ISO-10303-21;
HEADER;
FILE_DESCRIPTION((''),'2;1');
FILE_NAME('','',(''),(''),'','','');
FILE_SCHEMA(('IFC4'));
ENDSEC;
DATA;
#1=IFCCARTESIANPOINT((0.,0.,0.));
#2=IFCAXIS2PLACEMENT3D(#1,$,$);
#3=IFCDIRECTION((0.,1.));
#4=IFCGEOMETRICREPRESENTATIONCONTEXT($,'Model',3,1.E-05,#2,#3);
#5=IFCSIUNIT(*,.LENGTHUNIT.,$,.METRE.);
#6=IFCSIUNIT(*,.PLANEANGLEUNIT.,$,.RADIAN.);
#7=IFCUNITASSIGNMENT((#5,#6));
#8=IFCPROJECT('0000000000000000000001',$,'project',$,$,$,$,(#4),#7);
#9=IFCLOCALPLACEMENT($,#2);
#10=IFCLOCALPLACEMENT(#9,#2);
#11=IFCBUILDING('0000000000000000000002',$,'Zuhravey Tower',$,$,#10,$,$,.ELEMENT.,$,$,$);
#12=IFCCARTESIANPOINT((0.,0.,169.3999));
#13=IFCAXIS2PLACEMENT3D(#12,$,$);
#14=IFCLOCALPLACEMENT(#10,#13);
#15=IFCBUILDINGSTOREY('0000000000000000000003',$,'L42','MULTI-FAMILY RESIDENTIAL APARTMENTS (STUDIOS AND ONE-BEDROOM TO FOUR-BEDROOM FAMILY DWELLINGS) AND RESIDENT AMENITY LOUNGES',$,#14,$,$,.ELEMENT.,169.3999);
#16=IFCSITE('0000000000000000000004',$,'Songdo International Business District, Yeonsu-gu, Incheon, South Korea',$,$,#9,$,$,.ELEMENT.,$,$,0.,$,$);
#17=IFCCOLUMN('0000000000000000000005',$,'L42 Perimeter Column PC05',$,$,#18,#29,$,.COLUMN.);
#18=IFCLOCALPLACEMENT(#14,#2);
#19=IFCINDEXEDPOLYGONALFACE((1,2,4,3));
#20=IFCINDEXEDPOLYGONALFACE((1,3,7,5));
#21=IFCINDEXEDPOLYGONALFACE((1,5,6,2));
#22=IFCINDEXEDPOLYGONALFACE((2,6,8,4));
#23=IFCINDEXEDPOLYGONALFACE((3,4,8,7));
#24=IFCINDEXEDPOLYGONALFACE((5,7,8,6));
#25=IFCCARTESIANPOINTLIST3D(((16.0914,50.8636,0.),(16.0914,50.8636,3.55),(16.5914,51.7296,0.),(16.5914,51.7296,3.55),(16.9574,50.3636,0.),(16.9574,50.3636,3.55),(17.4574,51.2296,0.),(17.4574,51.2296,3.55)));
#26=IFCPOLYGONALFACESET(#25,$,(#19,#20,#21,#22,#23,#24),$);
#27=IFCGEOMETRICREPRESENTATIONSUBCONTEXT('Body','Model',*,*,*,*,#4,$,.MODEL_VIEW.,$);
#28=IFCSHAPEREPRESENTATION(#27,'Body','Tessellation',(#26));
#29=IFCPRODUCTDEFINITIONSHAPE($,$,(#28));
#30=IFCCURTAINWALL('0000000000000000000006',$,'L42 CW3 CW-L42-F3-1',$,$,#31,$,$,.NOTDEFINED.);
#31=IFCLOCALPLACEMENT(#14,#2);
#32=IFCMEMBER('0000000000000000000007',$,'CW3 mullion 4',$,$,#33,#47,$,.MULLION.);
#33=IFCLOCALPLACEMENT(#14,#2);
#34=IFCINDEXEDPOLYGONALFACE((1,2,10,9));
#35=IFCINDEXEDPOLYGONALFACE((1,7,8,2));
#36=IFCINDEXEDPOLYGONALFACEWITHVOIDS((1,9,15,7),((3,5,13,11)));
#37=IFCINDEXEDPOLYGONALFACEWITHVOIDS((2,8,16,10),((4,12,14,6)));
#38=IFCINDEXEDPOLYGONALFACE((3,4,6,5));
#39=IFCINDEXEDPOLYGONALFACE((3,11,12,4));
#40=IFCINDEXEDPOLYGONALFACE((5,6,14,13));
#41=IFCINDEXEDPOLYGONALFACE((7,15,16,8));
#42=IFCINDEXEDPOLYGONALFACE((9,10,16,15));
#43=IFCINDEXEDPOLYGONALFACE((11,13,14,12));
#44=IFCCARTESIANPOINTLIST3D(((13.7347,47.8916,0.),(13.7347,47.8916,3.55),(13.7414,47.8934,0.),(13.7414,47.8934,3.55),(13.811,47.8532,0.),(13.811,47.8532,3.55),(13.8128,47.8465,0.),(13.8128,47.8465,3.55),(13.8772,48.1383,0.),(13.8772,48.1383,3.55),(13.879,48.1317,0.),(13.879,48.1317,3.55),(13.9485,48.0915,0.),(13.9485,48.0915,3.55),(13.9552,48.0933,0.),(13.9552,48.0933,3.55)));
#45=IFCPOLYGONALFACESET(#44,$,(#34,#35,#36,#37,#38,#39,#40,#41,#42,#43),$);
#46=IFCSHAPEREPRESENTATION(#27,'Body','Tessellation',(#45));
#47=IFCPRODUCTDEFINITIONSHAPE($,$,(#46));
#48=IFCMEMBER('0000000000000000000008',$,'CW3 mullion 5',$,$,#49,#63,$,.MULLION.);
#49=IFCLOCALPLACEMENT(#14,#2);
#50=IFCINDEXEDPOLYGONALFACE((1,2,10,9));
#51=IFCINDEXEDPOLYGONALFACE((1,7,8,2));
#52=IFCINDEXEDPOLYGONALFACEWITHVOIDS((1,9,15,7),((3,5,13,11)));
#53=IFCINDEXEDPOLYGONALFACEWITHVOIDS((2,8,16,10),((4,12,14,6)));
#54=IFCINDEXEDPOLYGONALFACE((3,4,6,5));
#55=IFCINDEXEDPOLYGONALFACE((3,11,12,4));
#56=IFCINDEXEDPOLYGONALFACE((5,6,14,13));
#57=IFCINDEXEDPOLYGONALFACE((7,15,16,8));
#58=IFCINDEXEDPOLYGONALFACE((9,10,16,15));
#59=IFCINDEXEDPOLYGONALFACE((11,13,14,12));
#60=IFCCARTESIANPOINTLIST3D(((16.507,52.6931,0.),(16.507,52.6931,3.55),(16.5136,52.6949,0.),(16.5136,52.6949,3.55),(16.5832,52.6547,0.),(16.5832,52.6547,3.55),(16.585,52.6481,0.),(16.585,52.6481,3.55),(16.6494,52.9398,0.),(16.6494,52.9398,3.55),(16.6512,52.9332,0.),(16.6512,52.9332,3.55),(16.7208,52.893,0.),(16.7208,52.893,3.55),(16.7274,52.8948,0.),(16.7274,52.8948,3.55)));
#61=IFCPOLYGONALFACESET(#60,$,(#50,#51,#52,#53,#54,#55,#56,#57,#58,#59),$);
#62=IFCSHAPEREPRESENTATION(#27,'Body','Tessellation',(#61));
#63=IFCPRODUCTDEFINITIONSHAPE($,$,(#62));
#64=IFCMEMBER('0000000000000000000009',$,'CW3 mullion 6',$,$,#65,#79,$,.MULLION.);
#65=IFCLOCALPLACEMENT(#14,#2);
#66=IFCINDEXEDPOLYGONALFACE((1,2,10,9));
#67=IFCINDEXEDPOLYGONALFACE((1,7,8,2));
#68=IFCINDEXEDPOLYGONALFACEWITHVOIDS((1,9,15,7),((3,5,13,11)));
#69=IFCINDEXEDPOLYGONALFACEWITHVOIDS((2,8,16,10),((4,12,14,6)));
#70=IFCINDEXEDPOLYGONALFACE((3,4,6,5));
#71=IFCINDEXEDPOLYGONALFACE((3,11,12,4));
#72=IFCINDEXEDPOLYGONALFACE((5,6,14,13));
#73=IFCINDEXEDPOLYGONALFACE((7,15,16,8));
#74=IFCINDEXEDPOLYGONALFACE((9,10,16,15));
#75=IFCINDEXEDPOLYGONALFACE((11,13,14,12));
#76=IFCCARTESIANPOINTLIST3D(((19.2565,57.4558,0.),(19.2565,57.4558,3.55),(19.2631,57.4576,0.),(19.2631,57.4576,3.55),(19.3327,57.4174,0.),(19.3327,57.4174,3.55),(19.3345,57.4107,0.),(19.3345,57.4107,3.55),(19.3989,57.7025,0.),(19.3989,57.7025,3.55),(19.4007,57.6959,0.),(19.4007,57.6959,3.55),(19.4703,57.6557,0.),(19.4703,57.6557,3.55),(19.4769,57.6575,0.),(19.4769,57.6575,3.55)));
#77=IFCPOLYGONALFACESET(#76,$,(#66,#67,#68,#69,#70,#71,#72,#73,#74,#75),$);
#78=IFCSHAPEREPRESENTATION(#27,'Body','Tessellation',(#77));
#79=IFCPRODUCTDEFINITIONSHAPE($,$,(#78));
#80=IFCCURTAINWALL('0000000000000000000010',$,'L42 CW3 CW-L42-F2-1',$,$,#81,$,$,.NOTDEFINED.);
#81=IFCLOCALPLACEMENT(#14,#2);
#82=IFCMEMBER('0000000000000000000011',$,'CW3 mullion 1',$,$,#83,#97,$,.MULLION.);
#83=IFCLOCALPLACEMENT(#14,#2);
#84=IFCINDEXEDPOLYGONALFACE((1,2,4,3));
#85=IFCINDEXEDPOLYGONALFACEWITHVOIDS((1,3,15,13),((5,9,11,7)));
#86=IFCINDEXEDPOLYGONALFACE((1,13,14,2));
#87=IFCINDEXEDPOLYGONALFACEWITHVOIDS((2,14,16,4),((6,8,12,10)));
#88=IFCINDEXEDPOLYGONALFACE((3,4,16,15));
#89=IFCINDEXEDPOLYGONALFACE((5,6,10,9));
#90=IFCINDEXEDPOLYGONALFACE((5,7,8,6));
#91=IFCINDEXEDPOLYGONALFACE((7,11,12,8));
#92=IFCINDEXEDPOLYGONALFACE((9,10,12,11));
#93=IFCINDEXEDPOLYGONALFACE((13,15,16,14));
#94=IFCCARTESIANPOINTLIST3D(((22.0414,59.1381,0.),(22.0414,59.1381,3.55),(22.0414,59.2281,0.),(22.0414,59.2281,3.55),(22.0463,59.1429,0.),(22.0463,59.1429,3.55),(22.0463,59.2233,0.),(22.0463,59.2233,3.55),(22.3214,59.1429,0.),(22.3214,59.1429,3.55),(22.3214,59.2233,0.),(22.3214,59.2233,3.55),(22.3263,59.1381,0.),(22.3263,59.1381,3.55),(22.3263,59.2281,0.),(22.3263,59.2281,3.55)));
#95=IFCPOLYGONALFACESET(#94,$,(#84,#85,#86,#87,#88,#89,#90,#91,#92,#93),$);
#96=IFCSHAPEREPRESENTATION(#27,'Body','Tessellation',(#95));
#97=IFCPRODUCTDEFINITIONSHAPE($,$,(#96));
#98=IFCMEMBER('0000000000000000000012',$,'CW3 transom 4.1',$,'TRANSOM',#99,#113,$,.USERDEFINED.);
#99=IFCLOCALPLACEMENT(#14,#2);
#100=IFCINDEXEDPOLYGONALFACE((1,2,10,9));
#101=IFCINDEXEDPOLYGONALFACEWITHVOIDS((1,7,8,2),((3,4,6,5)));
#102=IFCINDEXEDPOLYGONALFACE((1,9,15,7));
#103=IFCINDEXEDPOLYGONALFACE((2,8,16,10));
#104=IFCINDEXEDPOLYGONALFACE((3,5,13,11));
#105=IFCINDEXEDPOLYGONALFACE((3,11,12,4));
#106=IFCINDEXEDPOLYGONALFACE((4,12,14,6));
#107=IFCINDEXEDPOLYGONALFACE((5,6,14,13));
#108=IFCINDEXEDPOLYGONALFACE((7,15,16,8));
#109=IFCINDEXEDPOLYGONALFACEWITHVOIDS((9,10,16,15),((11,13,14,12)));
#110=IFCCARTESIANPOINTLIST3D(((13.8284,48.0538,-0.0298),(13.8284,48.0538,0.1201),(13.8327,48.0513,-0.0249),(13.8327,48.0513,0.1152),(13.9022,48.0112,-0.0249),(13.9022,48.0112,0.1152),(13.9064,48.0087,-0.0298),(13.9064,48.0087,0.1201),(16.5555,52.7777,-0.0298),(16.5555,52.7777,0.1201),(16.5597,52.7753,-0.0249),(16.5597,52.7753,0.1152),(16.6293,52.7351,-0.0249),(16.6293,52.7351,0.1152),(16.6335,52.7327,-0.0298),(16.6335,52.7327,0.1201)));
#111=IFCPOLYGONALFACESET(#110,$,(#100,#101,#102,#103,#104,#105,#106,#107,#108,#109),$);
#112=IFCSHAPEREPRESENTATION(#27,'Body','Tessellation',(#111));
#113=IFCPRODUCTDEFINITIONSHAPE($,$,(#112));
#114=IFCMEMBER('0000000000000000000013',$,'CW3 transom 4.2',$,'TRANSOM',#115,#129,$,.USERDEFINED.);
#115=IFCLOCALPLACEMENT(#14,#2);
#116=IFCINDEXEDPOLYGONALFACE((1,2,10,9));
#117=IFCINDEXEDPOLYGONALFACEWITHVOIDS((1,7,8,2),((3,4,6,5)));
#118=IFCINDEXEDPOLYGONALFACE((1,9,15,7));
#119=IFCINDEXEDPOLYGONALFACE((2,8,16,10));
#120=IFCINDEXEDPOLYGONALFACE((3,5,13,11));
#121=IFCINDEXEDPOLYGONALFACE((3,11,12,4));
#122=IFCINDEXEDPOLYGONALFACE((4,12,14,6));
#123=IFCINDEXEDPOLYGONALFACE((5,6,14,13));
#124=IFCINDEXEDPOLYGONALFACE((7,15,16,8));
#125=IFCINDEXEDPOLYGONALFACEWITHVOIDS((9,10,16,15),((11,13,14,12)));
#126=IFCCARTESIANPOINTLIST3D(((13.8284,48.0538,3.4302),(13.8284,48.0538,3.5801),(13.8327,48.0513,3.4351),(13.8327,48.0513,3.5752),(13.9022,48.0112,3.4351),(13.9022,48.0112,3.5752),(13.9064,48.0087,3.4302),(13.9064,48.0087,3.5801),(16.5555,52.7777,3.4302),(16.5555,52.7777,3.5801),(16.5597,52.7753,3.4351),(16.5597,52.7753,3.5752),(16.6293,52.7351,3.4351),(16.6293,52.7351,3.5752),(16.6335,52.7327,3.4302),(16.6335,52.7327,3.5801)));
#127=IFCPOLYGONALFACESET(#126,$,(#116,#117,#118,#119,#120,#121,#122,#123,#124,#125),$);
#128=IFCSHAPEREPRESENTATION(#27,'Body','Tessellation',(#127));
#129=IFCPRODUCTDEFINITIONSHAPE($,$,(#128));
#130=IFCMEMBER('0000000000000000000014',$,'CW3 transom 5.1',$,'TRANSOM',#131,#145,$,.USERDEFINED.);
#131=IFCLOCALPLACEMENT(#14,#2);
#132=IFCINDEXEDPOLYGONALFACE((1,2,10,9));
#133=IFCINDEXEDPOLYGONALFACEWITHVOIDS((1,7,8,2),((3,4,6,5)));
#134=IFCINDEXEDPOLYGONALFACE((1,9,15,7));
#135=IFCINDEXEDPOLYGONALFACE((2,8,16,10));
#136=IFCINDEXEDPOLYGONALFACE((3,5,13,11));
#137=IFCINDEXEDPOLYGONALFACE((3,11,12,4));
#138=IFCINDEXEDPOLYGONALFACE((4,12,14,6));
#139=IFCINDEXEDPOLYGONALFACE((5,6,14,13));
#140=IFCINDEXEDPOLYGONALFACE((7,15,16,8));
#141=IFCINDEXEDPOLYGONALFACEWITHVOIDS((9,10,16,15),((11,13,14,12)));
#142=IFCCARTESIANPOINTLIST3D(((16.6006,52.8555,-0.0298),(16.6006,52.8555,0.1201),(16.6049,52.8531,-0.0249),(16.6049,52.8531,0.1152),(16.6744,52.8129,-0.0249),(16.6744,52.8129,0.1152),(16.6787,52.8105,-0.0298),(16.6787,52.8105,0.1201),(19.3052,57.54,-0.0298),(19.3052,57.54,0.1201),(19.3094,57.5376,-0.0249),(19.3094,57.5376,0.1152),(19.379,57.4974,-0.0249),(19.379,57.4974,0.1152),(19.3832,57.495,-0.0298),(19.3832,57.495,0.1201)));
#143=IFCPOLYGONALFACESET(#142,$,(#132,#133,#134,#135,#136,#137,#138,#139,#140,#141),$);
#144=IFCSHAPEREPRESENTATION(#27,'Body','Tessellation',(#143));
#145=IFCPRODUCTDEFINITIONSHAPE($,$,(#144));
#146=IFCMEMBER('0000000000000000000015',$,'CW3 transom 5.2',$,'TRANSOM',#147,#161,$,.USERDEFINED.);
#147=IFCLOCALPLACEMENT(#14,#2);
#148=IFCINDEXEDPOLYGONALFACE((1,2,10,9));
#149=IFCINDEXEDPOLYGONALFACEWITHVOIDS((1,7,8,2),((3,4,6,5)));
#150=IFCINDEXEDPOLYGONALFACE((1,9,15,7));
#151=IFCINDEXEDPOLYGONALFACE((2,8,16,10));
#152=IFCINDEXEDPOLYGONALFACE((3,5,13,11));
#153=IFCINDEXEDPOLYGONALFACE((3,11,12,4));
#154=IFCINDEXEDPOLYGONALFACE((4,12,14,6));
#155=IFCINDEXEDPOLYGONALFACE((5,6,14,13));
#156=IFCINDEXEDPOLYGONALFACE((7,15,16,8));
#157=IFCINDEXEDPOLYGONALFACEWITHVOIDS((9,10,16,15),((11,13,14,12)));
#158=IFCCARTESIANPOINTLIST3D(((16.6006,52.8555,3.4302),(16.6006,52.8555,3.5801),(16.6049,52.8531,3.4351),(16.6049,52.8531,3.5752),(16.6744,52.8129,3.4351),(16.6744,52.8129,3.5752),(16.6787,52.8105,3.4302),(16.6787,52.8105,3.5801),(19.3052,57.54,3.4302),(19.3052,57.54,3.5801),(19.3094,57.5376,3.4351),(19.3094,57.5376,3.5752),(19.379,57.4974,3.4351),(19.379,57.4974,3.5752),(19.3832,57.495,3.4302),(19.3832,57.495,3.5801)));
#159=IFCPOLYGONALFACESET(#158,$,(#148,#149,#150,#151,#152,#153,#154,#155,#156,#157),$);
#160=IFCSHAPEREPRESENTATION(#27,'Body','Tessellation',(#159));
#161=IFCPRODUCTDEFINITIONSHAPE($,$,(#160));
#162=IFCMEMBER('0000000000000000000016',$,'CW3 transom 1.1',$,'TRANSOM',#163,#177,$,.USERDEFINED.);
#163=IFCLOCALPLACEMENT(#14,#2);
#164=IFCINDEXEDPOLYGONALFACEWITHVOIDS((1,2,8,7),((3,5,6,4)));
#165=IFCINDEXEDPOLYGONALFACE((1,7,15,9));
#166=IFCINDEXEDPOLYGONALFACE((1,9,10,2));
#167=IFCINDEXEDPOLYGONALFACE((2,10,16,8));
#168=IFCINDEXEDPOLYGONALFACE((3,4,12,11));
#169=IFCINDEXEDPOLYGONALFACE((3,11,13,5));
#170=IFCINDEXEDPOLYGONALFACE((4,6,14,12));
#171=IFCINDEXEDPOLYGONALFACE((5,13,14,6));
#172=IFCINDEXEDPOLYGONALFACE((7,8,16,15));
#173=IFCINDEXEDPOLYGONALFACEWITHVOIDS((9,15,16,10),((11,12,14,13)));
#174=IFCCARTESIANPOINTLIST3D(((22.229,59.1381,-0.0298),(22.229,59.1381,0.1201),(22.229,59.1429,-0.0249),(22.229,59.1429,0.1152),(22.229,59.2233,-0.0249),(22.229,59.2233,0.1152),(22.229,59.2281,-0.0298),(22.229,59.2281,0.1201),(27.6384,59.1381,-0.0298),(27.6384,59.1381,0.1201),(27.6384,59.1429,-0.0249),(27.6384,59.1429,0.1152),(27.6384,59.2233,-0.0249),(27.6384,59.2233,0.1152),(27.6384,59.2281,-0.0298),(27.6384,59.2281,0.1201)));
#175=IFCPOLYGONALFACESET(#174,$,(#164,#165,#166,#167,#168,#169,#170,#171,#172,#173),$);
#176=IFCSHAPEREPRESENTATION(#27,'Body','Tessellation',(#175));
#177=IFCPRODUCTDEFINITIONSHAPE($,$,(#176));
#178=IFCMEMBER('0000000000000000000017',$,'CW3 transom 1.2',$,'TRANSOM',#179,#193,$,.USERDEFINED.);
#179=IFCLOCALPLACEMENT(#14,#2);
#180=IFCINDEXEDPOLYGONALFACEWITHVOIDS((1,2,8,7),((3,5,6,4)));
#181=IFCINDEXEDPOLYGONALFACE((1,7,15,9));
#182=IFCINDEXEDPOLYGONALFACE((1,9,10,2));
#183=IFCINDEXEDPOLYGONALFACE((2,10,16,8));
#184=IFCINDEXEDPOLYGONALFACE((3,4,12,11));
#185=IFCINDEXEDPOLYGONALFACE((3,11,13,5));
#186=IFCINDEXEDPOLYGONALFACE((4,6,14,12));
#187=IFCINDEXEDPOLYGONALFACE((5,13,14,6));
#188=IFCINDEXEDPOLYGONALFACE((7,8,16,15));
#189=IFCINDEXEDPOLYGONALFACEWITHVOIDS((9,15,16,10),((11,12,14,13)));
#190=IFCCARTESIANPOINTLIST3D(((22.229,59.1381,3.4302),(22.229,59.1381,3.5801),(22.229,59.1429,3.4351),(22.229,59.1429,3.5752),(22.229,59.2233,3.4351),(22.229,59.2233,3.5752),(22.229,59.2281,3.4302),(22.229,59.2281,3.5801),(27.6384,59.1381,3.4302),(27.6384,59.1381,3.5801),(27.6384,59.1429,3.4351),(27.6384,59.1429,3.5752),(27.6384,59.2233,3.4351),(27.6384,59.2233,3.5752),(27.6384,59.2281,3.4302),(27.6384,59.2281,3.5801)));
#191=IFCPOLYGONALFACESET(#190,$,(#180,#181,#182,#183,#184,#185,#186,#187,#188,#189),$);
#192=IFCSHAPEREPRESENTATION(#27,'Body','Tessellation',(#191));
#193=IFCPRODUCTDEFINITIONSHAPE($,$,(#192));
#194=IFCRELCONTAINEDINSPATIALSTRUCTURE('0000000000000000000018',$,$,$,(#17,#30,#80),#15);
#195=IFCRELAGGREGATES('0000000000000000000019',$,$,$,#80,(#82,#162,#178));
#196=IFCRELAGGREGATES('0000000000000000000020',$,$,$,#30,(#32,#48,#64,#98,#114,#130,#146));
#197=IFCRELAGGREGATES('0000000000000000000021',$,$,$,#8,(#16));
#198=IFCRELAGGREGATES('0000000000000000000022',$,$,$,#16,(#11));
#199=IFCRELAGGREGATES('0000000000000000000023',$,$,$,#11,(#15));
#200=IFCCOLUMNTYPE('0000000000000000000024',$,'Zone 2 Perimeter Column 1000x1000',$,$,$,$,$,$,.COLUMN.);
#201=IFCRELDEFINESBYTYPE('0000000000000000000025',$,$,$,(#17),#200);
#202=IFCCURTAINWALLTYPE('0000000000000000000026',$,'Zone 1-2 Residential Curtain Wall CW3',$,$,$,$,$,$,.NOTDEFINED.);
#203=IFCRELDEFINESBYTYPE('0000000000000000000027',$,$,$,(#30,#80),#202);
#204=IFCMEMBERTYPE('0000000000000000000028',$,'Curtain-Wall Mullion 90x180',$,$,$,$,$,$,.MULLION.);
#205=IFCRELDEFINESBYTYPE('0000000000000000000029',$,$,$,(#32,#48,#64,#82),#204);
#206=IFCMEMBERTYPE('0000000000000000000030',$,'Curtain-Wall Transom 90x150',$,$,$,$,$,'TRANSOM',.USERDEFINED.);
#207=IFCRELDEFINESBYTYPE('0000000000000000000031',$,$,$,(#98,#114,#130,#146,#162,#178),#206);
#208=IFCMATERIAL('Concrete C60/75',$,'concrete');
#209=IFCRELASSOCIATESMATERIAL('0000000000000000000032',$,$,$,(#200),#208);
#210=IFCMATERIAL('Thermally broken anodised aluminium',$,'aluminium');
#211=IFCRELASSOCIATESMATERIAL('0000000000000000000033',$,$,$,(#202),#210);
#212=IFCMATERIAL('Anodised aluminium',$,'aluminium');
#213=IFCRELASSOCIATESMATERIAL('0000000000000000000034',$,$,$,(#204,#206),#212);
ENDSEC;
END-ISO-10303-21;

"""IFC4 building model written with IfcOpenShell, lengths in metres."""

from ifc_helpers import new_model, si_unit, direction, frame, origin, origin_2d, place, context, subcontext, project, spatial, rectangle, hollow_rectangle, extrude, material, material_profile, profile_set, type_object, element, aggregate, save


model = new_model("IFC4")

# Units and contexts
model_context = context("Model", 3, precision=1e-05, world=origin(), true_north=direction((0.0, 1.0)))
body_context = subcontext(model_context, "Body", "Model", "MODEL_VIEW")
ifc_project = project(units=[si_unit("LENGTHUNIT", "METRE"), si_unit("PLANEANGLEUNIT", "RADIAN")], contexts=[model_context])

# Site, building, storey
site_placement = place(None, origin())
site = spatial("IfcSite", under=ifc_project, at=site_placement, Name="Songdo International Business District, Yeonsu-gu, Incheon, South Korea", CompositionType="ELEMENT", RefElevation=0.0)
building_placement = place(site_placement, origin())
building = spatial("IfcBuilding", under=site, at=building_placement, Name="Zuhravey Tower", CompositionType="ELEMENT")
storey_placement = place(building_placement, frame((0.0, 0.0, 169.3999)))
storey = spatial("IfcBuildingStorey", under=building, at=storey_placement, Name="L42", Description="MULTI-FAMILY RESIDENTIAL APARTMENTS (STUDIOS AND ONE-BEDROOM TO FOUR-BEDROOM FAMILY DWELLINGS) AND RESIDENT AMENITY LOUNGES", CompositionType="ELEMENT", Elevation=169.3999)

# Column
ifc_material_1 = material(Name="Concrete C60/75", Category="concrete")
ifc_material_profile_1 = material_profile(ifc_material_1, rectangle(XDim=1.0, YDim=1.0, at=origin_2d()), Name="RC-1000x1000")
ifc_profile_set_1 = profile_set([ifc_material_profile_1], Name="Concrete C60/75")
column_type = type_object("IfcColumnType", Name="Zone 2 Perimeter Column 1000x1000", PredefinedType="COLUMN", material=ifc_profile_set_1)
column_placement = place(storey_placement, frame((16.7744, 51.0466, 0.0), z_axis=(0.0, 0.0, 1.0), x_axis=(-0.5, -0.866025, 0.0)))
element("IfcColumn", 1, at=column_placement, inside=storey, type_object=column_type, Name="L42 Perimeter Column PC05", PredefinedType="COLUMN", context=body_context, shape_type="SweptSolid", body=[
    extrude(rectangle(XDim=1.0, YDim=1.0, at=origin_2d()), origin(), (0.0, 0.0, 1.0), 3.55),
])

# Curtain wall, members
ifc_material_2 = material(Name="Thermally broken anodised aluminium", Category="aluminium")
curtain_wall_type = type_object("IfcCurtainWallType", Name="Zone 1-2 Residential Curtain Wall CW3", PredefinedType="NOTDEFINED", material=ifc_material_2)
curtain_wall_1_placement = place(storey_placement, origin())
curtain_wall_1 = element("IfcCurtainWall", 2, at=curtain_wall_1_placement, inside=storey, type_object=curtain_wall_type, Name="L42 CW3 CW-L42-F3-1", PredefinedType="NOTDEFINED")
ifc_material_3 = material(Name="Anodised aluminium", Category="aluminium")
ifc_material_profile_2 = material_profile(ifc_material_3, hollow_rectangle(XDim=0.0901, YDim=0.2849, WallThickness=0.0049, at=origin_2d()), Name="ALU-RHS-90x285x5")
ifc_profile_set_2 = profile_set([ifc_material_profile_2], Name="Anodised aluminium")
member_type_1 = type_object("IfcMemberType", Name="Curtain-Wall Mullion 90x180", PredefinedType="MULLION", material=ifc_profile_set_2)
member_1_placement = place(storey_placement, frame((13.845, 47.9924, 0.0), z_axis=(0.0, 0.0, 1.0), x_axis=(-0.866025, 0.5, 0.0)))
member_1 = element("IfcMember", 3, at=member_1_placement, type_object=member_type_1, Name="CW3 mullion 4", PredefinedType="MULLION", context=body_context, shape_type="SweptSolid", body=[
    extrude(hollow_rectangle(XDim=0.0901, YDim=0.2849, WallThickness=0.0049, at=origin_2d()), origin(), (0.0, 0.0, 1.0), 3.55),
])
member_2_placement = place(storey_placement, frame((16.6172, 52.7939, 0.0), z_axis=(0.0, 0.0, 1.0), x_axis=(-0.866025, 0.5, 0.0)))
member_2 = element("IfcMember", 4, at=member_2_placement, type_object=member_type_1, Name="CW3 mullion 5", PredefinedType="MULLION", context=body_context, shape_type="SweptSolid", body=[
    extrude(hollow_rectangle(XDim=0.0901, YDim=0.2849, WallThickness=0.0049, at=origin_2d()), origin(), (0.0, 0.0, 1.0), 3.55),
])
member_3_placement = place(storey_placement, frame((19.3667, 57.5566, 0.0), z_axis=(0.0, 0.0, 1.0), x_axis=(-0.866025, 0.5, 0.0)))
member_3 = element("IfcMember", 5, at=member_3_placement, type_object=member_type_1, Name="CW3 mullion 6", PredefinedType="MULLION", context=body_context, shape_type="SweptSolid", body=[
    extrude(hollow_rectangle(XDim=0.0901, YDim=0.2849, WallThickness=0.0049, at=origin_2d()), origin(), (0.0, 0.0, 1.0), 3.55),
])

# Curtain wall, member
curtain_wall_2_placement = place(storey_placement, origin())
curtain_wall_2 = element("IfcCurtainWall", 6, at=curtain_wall_2_placement, inside=storey, type_object=curtain_wall_type, Name="L42 CW3 CW-L42-F2-1", PredefinedType="NOTDEFINED")
member_4_placement = place(storey_placement, frame((22.1838, 59.1831, 0.0), z_axis=(0.0, 0.0, 1.0), x_axis=(0.0, 1.0, 0.0)))
member_4 = element("IfcMember", 7, at=member_4_placement, type_object=member_type_1, Name="CW3 mullion 1", PredefinedType="MULLION", context=body_context, shape_type="SweptSolid", body=[
    extrude(hollow_rectangle(XDim=0.0901, YDim=0.2849, WallThickness=0.0049, at=origin_2d()), origin(), (0.0, 0.0, 1.0), 3.55),
])

# Members
ifc_material_profile_3 = material_profile(ifc_material_3, hollow_rectangle(XDim=0.0901, YDim=0.1499, WallThickness=0.0049, at=origin_2d()), Name="ALU-RHS-90x150x5")
ifc_profile_set_3 = profile_set([ifc_material_profile_3], Name="Anodised aluminium")
member_type_2 = type_object("IfcMemberType", Name="Curtain-Wall Transom 90x150", ElementType="TRANSOM", PredefinedType="USERDEFINED", material=ifc_profile_set_3)
member_5_placement = place(storey_placement, frame((13.8674, 48.0312, 0.0452), z_axis=(0.499961, 0.866048, 0.0), x_axis=(-0.866048, 0.499961, 0.0)))
member_5 = element("IfcMember", 8, at=member_5_placement, type_object=member_type_2, Name="CW3 transom 4.1", ObjectType="TRANSOM", PredefinedType="USERDEFINED", context=body_context, shape_type="SweptSolid", body=[
    extrude(hollow_rectangle(XDim=0.0901, YDim=0.1499, WallThickness=0.0049, at=origin_2d()), origin(), (0.0, 0.0, 1.0), 5.4546),
])
member_6_placement = place(storey_placement, frame((13.8674, 48.0312, 3.5051), z_axis=(0.499961, 0.866048, 0.0), x_axis=(-0.866048, 0.499961, 0.0)))
member_6 = element("IfcMember", 9, at=member_6_placement, type_object=member_type_2, Name="CW3 transom 4.2", ObjectType="TRANSOM", PredefinedType="USERDEFINED", context=body_context, shape_type="SweptSolid", body=[
    extrude(hollow_rectangle(XDim=0.0901, YDim=0.1499, WallThickness=0.0049, at=origin_2d()), origin(), (0.0, 0.0, 1.0), 5.4546),
])
member_7_placement = place(storey_placement, frame((16.6396, 52.833, 0.0452), z_axis=(0.499993, 0.866029, 0.0), x_axis=(-0.866029, 0.499993, 0.0)))
member_7 = element("IfcMember", 10, at=member_7_placement, type_object=member_type_2, Name="CW3 transom 5.1", ObjectType="TRANSOM", PredefinedType="USERDEFINED", context=body_context, shape_type="SweptSolid", body=[
    extrude(hollow_rectangle(XDim=0.0901, YDim=0.1499, WallThickness=0.0049, at=origin_2d()), origin(), (0.0, 0.0, 1.0), 5.4092),
])
member_8_placement = place(storey_placement, frame((16.6396, 52.833, 3.5051), z_axis=(0.499993, 0.866029, 0.0), x_axis=(-0.866029, 0.499993, 0.0)))
member_8 = element("IfcMember", 11, at=member_8_placement, type_object=member_type_2, Name="CW3 transom 5.2", ObjectType="TRANSOM", PredefinedType="USERDEFINED", context=body_context, shape_type="SweptSolid", body=[
    extrude(hollow_rectangle(XDim=0.0901, YDim=0.1499, WallThickness=0.0049, at=origin_2d()), origin(), (0.0, 0.0, 1.0), 5.4092),
])
member_9_placement = place(storey_placement, frame((22.229, 59.1831, 0.0452), z_axis=(1.0, 0.0, 0.0), x_axis=(0.0, 1.0, 0.0)))
member_9 = element("IfcMember", 12, at=member_9_placement, type_object=member_type_2, Name="CW3 transom 1.1", ObjectType="TRANSOM", PredefinedType="USERDEFINED", context=body_context, shape_type="SweptSolid", body=[
    extrude(hollow_rectangle(XDim=0.0901, YDim=0.1499, WallThickness=0.0049, at=origin_2d()), origin(), (0.0, 0.0, 1.0), 5.4094),
])
member_10_placement = place(storey_placement, frame((22.229, 59.1831, 3.5051), z_axis=(1.0, 0.0, 0.0), x_axis=(0.0, 1.0, 0.0)))
member_10 = element("IfcMember", 13, at=member_10_placement, type_object=member_type_2, Name="CW3 transom 1.2", ObjectType="TRANSOM", PredefinedType="USERDEFINED", context=body_context, shape_type="SweptSolid", body=[
    extrude(hollow_rectangle(XDim=0.0901, YDim=0.1499, WallThickness=0.0049, at=origin_2d()), origin(), (0.0, 0.0, 1.0), 5.4094),
])
aggregate(curtain_wall_2, [member_4, member_9, member_10])

aggregate(curtain_wall_1, [member_1, member_2, member_3, member_5, member_6, member_7, member_8])

save(model, "model.ifc")
